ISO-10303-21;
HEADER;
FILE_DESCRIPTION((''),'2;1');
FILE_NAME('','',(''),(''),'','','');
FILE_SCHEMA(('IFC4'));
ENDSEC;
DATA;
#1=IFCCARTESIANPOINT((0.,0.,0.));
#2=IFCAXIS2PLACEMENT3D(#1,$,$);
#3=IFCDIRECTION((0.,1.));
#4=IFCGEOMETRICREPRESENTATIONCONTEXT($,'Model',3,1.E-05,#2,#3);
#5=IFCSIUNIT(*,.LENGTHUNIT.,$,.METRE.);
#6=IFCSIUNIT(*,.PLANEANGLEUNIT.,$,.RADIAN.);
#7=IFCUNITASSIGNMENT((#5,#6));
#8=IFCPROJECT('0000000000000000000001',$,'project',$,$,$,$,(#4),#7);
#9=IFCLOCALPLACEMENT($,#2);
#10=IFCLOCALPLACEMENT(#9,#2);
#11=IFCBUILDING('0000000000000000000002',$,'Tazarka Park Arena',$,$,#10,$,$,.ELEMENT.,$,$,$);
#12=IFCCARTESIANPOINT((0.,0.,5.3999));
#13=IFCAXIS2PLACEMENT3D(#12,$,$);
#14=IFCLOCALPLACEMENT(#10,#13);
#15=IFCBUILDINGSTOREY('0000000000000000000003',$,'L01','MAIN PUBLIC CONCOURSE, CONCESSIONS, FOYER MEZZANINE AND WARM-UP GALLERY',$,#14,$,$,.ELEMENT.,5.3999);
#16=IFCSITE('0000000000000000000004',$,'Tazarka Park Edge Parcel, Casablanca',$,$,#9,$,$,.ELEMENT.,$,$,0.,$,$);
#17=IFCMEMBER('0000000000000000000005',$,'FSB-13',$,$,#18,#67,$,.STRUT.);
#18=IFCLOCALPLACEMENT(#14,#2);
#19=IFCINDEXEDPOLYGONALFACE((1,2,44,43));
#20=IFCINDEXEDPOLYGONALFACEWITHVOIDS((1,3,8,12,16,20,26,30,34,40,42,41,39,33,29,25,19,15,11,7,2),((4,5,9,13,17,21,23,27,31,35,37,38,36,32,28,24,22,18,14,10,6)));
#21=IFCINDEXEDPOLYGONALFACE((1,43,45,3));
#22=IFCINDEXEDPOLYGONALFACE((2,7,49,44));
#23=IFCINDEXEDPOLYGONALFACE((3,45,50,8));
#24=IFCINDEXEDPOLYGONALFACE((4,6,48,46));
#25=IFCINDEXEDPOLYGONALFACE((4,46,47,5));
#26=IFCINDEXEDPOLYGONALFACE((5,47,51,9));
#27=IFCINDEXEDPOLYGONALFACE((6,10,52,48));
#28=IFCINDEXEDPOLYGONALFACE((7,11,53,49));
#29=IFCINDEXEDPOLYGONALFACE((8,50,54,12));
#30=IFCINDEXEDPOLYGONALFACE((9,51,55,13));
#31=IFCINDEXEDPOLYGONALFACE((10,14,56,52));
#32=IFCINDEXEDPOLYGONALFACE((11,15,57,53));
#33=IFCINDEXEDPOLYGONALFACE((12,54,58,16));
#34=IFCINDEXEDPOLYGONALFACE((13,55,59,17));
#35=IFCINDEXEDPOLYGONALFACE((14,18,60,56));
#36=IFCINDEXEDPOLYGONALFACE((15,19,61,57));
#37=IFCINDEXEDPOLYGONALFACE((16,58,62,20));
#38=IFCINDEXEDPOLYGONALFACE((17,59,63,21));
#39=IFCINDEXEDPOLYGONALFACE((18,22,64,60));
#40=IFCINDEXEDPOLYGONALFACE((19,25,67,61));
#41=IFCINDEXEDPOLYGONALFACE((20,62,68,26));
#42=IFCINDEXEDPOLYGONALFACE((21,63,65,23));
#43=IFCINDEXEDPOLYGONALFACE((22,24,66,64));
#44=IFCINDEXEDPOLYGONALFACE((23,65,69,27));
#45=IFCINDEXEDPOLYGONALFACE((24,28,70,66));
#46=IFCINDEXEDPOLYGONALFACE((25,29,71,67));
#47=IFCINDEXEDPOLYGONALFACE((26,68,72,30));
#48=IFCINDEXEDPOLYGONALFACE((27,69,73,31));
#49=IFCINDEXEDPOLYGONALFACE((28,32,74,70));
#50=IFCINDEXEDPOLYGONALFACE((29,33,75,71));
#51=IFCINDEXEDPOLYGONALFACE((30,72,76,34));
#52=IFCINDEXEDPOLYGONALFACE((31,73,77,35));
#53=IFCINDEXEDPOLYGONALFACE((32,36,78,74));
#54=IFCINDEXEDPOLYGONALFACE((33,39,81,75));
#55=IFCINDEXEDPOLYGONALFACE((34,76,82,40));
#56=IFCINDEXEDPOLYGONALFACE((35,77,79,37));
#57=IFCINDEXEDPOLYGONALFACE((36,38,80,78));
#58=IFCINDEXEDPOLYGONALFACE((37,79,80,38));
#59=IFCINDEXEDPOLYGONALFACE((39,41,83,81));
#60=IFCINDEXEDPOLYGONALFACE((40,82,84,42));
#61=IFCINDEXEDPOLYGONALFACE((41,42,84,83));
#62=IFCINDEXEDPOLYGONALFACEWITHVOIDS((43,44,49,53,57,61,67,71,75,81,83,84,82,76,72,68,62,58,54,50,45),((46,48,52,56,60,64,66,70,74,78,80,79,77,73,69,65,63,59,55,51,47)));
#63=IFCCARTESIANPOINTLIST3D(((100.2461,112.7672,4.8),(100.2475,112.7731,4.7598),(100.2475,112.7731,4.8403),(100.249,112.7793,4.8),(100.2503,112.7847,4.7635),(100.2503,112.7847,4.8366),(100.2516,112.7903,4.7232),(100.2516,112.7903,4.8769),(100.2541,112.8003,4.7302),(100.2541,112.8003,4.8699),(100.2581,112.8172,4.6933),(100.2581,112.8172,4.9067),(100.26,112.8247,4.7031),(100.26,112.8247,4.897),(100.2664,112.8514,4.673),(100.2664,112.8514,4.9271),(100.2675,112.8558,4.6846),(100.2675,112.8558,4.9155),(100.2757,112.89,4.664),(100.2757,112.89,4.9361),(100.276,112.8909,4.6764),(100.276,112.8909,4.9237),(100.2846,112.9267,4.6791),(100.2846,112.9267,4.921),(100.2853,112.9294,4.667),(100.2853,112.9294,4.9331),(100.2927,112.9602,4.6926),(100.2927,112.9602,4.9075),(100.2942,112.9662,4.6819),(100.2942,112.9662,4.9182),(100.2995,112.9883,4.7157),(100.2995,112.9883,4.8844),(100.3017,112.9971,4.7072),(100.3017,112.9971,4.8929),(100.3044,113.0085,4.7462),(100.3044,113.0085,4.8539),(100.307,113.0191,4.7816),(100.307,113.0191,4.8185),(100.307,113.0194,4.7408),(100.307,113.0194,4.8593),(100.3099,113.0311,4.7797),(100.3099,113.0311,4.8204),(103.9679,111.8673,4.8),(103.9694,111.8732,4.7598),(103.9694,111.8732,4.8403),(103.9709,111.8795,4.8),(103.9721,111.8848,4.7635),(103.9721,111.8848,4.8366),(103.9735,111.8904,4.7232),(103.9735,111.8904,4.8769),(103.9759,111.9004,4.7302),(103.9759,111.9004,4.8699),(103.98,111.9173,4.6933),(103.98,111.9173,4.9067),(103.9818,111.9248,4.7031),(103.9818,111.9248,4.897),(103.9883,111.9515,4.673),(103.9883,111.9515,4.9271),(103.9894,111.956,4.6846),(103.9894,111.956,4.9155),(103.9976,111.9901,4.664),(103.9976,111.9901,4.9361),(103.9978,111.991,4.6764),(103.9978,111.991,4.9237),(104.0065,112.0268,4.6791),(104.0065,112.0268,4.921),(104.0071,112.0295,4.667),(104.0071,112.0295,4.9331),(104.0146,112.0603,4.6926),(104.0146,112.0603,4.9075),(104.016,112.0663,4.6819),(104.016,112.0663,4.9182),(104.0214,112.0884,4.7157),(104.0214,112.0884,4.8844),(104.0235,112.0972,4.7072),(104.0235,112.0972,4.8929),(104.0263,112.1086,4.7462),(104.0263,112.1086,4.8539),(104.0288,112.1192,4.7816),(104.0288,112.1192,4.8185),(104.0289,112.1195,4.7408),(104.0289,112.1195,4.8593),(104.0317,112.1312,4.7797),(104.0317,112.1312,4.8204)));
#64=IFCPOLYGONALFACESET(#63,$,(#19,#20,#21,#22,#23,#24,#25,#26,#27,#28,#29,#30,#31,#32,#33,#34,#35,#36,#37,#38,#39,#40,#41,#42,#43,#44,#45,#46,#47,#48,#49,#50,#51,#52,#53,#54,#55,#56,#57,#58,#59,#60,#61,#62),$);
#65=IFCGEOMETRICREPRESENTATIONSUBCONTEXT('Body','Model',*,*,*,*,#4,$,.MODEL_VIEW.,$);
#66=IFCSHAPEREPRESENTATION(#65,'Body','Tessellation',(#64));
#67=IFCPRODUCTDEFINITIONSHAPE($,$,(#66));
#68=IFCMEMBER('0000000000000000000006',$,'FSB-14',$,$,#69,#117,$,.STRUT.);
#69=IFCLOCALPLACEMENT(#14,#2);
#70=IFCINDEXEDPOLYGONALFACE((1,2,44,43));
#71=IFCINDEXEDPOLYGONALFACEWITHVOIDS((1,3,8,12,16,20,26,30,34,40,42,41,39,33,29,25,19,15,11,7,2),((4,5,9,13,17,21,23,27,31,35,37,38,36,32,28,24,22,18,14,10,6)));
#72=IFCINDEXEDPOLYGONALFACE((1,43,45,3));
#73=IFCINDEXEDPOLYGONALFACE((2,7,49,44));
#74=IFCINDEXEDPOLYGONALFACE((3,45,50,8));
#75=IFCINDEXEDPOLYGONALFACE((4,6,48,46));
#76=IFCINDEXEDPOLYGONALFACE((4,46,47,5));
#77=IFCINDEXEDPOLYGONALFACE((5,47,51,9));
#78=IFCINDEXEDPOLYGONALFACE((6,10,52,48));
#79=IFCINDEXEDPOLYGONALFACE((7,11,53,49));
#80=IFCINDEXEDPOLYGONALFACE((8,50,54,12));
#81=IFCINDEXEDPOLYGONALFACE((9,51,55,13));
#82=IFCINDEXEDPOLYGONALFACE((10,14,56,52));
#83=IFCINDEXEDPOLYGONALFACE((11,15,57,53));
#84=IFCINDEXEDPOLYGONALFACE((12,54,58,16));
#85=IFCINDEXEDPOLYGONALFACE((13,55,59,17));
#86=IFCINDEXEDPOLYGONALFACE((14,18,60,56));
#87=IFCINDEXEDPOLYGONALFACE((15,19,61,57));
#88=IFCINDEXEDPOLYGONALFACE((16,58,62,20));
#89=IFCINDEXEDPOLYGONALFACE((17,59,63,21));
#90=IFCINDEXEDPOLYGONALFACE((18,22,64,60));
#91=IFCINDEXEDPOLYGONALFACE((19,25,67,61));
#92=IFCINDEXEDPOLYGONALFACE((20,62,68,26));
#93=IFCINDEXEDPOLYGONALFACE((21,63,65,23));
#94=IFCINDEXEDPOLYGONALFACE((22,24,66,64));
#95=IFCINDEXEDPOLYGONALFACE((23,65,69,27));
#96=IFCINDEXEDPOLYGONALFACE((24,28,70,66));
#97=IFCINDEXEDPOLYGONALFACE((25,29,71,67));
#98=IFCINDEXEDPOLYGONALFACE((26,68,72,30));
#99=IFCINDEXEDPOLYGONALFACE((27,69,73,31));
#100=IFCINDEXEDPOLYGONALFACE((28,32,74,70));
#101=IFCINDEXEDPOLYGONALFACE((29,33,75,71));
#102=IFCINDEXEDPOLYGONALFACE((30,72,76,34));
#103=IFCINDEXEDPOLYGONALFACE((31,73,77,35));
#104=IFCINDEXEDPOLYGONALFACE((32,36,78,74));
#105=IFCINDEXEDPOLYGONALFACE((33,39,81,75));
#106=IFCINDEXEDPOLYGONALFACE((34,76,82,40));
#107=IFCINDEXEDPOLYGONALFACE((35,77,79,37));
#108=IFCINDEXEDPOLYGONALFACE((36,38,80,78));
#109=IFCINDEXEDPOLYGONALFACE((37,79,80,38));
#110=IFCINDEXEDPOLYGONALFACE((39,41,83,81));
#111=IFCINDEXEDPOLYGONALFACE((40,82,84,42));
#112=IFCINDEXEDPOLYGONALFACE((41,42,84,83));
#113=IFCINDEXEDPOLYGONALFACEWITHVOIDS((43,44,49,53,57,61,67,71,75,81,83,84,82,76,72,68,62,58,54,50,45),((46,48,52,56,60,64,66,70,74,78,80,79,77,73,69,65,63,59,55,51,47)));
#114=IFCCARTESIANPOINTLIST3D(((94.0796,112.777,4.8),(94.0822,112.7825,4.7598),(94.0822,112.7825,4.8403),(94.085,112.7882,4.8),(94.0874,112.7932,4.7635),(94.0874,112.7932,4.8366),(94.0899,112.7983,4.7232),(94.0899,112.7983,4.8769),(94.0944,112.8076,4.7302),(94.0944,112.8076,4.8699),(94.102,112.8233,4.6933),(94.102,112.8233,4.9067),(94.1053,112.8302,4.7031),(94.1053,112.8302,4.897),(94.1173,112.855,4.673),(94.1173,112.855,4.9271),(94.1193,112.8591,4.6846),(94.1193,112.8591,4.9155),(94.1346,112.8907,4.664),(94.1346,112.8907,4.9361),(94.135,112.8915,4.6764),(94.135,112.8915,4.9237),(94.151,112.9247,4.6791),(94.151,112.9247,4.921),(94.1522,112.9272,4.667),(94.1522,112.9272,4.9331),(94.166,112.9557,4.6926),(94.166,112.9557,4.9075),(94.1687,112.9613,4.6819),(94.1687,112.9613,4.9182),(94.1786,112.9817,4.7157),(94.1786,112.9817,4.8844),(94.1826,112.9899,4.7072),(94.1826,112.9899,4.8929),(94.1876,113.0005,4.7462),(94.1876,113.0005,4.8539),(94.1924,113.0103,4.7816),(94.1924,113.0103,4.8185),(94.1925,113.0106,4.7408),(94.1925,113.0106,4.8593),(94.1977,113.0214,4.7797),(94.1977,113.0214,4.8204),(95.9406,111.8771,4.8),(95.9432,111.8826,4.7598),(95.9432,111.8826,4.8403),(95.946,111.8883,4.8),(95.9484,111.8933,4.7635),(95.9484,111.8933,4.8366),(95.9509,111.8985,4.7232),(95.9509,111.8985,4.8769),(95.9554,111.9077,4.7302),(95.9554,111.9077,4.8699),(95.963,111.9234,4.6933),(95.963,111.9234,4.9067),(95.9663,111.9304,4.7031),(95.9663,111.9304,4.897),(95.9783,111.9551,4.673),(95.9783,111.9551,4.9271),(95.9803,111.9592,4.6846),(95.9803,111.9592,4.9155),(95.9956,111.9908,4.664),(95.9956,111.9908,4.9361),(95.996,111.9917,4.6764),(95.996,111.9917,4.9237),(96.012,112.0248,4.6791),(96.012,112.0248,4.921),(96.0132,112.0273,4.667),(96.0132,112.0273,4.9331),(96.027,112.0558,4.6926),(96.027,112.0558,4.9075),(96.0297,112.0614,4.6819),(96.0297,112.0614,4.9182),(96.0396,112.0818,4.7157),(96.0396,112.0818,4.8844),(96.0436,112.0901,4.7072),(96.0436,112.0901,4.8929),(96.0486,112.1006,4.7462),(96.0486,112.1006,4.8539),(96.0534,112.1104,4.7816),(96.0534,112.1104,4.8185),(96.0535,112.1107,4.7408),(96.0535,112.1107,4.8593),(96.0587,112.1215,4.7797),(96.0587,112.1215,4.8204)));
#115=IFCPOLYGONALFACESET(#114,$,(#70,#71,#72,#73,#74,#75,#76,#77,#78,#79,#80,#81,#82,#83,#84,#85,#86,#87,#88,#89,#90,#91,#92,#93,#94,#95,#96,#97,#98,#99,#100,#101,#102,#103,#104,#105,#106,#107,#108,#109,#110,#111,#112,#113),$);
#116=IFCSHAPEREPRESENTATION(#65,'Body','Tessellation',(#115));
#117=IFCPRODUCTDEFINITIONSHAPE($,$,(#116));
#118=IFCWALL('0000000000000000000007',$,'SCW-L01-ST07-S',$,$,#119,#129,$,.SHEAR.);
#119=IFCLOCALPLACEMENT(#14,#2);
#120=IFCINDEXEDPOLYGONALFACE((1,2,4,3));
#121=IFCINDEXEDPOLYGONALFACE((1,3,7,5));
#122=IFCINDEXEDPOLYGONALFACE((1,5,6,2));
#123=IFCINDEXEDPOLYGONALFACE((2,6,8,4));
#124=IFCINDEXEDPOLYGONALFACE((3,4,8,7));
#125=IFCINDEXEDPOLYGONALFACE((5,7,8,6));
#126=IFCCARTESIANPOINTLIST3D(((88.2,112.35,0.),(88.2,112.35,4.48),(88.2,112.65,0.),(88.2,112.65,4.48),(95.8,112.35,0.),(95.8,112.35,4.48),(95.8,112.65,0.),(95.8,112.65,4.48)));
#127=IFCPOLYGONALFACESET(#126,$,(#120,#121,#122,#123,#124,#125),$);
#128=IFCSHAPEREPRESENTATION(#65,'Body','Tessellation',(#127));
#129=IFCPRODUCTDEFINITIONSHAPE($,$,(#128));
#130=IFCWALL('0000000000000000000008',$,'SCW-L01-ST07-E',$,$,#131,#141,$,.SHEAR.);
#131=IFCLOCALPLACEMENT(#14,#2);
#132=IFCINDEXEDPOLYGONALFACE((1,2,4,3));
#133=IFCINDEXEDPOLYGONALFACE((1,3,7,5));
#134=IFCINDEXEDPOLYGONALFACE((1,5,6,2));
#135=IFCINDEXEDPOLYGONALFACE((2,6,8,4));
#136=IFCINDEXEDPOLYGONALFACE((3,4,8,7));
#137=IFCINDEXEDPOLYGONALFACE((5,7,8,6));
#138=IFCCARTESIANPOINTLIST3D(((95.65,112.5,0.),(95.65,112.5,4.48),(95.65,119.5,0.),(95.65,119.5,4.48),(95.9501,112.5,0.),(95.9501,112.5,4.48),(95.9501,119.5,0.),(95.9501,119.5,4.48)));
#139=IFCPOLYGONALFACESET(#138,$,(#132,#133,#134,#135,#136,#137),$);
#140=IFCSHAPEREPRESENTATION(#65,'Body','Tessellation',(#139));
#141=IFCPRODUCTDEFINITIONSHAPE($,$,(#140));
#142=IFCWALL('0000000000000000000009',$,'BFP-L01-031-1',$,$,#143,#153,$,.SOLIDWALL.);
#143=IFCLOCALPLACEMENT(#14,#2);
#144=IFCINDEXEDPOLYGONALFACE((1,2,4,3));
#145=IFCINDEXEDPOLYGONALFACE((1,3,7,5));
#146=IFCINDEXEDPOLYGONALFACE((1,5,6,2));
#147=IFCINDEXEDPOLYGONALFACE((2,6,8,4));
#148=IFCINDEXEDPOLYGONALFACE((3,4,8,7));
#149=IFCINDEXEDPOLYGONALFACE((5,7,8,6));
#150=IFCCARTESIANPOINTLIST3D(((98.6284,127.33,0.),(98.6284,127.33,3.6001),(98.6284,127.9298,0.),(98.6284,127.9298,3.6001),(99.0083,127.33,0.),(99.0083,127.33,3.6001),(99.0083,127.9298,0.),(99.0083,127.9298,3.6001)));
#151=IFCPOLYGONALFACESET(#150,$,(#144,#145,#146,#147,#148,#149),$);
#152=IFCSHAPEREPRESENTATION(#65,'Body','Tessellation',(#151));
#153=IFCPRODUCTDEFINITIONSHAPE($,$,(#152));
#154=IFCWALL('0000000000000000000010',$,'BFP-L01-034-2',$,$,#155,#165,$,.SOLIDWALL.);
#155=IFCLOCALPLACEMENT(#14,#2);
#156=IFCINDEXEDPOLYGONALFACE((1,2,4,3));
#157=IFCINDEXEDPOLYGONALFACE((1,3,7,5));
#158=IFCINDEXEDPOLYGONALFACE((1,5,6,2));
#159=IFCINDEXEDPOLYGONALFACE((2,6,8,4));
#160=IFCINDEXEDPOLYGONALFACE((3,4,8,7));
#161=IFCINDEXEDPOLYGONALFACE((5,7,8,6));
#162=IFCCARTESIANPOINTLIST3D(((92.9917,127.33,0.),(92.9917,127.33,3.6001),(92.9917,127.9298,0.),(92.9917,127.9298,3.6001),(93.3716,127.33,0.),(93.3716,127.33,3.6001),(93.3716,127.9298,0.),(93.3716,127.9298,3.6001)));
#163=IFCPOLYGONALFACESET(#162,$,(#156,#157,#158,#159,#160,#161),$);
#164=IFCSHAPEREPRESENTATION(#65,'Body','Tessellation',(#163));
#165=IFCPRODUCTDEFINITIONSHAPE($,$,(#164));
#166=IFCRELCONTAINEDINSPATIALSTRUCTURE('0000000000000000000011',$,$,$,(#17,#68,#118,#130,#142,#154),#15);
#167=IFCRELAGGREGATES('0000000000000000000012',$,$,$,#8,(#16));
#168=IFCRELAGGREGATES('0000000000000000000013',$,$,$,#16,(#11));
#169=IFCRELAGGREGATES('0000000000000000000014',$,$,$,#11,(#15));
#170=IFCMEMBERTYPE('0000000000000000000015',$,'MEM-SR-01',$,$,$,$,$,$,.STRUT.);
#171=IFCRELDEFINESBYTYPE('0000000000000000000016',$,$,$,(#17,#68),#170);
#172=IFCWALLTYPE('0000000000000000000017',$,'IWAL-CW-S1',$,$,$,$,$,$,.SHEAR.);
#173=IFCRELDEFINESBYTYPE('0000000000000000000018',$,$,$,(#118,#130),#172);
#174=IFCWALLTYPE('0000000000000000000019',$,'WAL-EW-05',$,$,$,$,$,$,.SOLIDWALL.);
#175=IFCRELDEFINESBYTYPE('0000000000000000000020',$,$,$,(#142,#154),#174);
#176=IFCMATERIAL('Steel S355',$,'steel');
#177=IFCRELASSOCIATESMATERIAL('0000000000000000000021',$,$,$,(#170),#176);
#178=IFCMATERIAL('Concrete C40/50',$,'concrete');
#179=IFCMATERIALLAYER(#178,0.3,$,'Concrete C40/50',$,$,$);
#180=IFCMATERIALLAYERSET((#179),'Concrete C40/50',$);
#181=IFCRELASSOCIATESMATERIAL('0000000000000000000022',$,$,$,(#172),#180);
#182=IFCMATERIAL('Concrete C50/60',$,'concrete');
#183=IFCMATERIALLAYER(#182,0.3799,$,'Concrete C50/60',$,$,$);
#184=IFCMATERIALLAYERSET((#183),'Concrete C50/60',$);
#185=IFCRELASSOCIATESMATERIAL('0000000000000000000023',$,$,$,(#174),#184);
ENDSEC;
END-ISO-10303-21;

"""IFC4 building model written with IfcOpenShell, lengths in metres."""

from ifc_helpers import new_model, si_unit, direction, frame, frame_2d, origin, origin_2d, place, context, subcontext, project, spatial, rectangle, hollow_circle, extrude, material, layer, layer_set, material_profile, profile_set, type_object, element, save


model = new_model("IFC4")

# Units and contexts
model_context = context("Model", 3, precision=1e-05, world=origin(), true_north=direction((0.0, 1.0)))
body_context = subcontext(model_context, "Body", "Model", "MODEL_VIEW")
ifc_project = project(units=[si_unit("LENGTHUNIT", "METRE"), si_unit("PLANEANGLEUNIT", "RADIAN")], contexts=[model_context])

# Site, building, storey
site_placement = place(None, origin())
site = spatial("IfcSite", under=ifc_project, at=site_placement, Name="Tazarka Park Edge Parcel, Casablanca", CompositionType="ELEMENT", RefElevation=0.0)
building_placement = place(site_placement, origin())
building = spatial("IfcBuilding", under=site, at=building_placement, Name="Tazarka Park Arena", CompositionType="ELEMENT")
storey_placement = place(building_placement, frame((0.0, 0.0, 5.3999)))
storey = spatial("IfcBuildingStorey", under=building, at=storey_placement, Name="L01", Description="MAIN PUBLIC CONCOURSE, CONCESSIONS, FOYER MEZZANINE AND WARM-UP GALLERY", CompositionType="ELEMENT", Elevation=5.3999)

# Members
ifc_material_1 = material(Name="Steel S355", Category="steel")
ifc_material_profile_1 = material_profile(ifc_material_1, hollow_circle(Radius=0.1365, WallThickness=0.0125, at=origin_2d()), Name="Steel S355")
ifc_profile_set_1 = profile_set([ifc_material_profile_1], Name="Steel S355")
member_type = type_object("IfcMemberType", Name="MEM-SR-01", PredefinedType="STRUT", material=ifc_profile_set_1)
member_1_placement = place(storey_placement, frame((104.0, 112.0, 4.8), z_axis=(-0.971992, 0.235012, 0.0), x_axis=(-0.235012, -0.971992, 0.0)))
element("IfcMember", 1, at=member_1_placement, inside=storey, type_object=member_type, Name="FSB-13", PredefinedType="STRUT", context=body_context, shape_type="SweptSolid", body=[
    extrude(hollow_circle(Radius=0.1365, WallThickness=0.0125, at=origin_2d()), origin(), (0.0, 0.0, 1.0), 3.8291),
])
member_2_placement = place(storey_placement, frame((96.0, 112.0, 4.8), z_axis=(-0.900277, 0.435317, 0.0), x_axis=(-0.435317, -0.900277, 0.0)))
element("IfcMember", 2, at=member_2_placement, inside=storey, type_object=member_type, Name="FSB-14", PredefinedType="STRUT", context=body_context, shape_type="SweptSolid", body=[
    extrude(hollow_circle(Radius=0.1365, WallThickness=0.0125, at=origin_2d()), origin(), (0.0, 0.0, 1.0), 2.0671),
])

# Walls
ifc_material_2 = material(Name="Concrete C40/50", Category="concrete")
ifc_layer_1 = layer(ifc_material_2, 0.3, Name="Concrete C40/50")
ifc_layer_set_1 = layer_set([ifc_layer_1], Name="Concrete C40/50")
wall_type_1 = type_object("IfcWallType", Name="IWAL-CW-S1", PredefinedType="SHEAR", material=ifc_layer_set_1)
wall_1_placement = place(storey_placement, frame((95.8, 112.5, 0.0), z_axis=(0.0, 0.0, 1.0), x_axis=(-1.0, 0.0, 0.0)))
element("IfcWall", 3, at=wall_1_placement, inside=storey, type_object=wall_type_1, Name="SCW-L01-ST07-S", PredefinedType="SHEAR", context=body_context, shape_type="SweptSolid", body=[
    extrude(rectangle(XDim=7.6001, YDim=0.3, at=frame_2d((3.8, 0.0))), origin(), (0.0, 0.0, 1.0), 4.48),
])
wall_2_placement = place(storey_placement, frame((95.8, 119.5, 0.0), z_axis=(0.0, 0.0, 1.0), x_axis=(0.0, -1.0, 0.0)))
element("IfcWall", 4, at=wall_2_placement, inside=storey, type_object=wall_type_1, Name="SCW-L01-ST07-E", PredefinedType="SHEAR", context=body_context, shape_type="SweptSolid", body=[
    extrude(rectangle(XDim=7.0, YDim=0.3, at=frame_2d((3.5, 0.0))), origin(), (0.0, 0.0, 1.0), 4.48),
])
ifc_material_3 = material(Name="Concrete C50/60", Category="concrete")
ifc_layer_2 = layer(ifc_material_3, 0.3799, Name="Concrete C50/60")
ifc_layer_set_2 = layer_set([ifc_layer_2], Name="Concrete C50/60")
wall_type_2 = type_object("IfcWallType", Name="WAL-EW-05", PredefinedType="SOLIDWALL", material=ifc_layer_set_2)
for number, where, z_axis, x_axis, name in (
    (5, (98.8184, 127.3301, 0.0), (0.0, 0.0, 1.0), (0.0, 1.0, 0.0), "BFP-L01-031-1"),
    (6, (93.1816, 127.3301, 0.0), (0.0, 0.0, 1.0), (0.0, 1.0, 0.0), "BFP-L01-034-2"),
):
    element("IfcWall", number, at=place(storey_placement, frame(where, z_axis=z_axis, x_axis=x_axis)), inside=storey, type_object=wall_type_2, Name=name, PredefinedType="SOLIDWALL", context=body_context, shape_type="SweptSolid", body=[
        extrude(rectangle(XDim=0.5999, YDim=0.3799, at=frame_2d((0.2998, 0.0))), origin(), (0.0, 0.0, 1.0), 3.6001),
    ])

save(model, "model.ifc")
